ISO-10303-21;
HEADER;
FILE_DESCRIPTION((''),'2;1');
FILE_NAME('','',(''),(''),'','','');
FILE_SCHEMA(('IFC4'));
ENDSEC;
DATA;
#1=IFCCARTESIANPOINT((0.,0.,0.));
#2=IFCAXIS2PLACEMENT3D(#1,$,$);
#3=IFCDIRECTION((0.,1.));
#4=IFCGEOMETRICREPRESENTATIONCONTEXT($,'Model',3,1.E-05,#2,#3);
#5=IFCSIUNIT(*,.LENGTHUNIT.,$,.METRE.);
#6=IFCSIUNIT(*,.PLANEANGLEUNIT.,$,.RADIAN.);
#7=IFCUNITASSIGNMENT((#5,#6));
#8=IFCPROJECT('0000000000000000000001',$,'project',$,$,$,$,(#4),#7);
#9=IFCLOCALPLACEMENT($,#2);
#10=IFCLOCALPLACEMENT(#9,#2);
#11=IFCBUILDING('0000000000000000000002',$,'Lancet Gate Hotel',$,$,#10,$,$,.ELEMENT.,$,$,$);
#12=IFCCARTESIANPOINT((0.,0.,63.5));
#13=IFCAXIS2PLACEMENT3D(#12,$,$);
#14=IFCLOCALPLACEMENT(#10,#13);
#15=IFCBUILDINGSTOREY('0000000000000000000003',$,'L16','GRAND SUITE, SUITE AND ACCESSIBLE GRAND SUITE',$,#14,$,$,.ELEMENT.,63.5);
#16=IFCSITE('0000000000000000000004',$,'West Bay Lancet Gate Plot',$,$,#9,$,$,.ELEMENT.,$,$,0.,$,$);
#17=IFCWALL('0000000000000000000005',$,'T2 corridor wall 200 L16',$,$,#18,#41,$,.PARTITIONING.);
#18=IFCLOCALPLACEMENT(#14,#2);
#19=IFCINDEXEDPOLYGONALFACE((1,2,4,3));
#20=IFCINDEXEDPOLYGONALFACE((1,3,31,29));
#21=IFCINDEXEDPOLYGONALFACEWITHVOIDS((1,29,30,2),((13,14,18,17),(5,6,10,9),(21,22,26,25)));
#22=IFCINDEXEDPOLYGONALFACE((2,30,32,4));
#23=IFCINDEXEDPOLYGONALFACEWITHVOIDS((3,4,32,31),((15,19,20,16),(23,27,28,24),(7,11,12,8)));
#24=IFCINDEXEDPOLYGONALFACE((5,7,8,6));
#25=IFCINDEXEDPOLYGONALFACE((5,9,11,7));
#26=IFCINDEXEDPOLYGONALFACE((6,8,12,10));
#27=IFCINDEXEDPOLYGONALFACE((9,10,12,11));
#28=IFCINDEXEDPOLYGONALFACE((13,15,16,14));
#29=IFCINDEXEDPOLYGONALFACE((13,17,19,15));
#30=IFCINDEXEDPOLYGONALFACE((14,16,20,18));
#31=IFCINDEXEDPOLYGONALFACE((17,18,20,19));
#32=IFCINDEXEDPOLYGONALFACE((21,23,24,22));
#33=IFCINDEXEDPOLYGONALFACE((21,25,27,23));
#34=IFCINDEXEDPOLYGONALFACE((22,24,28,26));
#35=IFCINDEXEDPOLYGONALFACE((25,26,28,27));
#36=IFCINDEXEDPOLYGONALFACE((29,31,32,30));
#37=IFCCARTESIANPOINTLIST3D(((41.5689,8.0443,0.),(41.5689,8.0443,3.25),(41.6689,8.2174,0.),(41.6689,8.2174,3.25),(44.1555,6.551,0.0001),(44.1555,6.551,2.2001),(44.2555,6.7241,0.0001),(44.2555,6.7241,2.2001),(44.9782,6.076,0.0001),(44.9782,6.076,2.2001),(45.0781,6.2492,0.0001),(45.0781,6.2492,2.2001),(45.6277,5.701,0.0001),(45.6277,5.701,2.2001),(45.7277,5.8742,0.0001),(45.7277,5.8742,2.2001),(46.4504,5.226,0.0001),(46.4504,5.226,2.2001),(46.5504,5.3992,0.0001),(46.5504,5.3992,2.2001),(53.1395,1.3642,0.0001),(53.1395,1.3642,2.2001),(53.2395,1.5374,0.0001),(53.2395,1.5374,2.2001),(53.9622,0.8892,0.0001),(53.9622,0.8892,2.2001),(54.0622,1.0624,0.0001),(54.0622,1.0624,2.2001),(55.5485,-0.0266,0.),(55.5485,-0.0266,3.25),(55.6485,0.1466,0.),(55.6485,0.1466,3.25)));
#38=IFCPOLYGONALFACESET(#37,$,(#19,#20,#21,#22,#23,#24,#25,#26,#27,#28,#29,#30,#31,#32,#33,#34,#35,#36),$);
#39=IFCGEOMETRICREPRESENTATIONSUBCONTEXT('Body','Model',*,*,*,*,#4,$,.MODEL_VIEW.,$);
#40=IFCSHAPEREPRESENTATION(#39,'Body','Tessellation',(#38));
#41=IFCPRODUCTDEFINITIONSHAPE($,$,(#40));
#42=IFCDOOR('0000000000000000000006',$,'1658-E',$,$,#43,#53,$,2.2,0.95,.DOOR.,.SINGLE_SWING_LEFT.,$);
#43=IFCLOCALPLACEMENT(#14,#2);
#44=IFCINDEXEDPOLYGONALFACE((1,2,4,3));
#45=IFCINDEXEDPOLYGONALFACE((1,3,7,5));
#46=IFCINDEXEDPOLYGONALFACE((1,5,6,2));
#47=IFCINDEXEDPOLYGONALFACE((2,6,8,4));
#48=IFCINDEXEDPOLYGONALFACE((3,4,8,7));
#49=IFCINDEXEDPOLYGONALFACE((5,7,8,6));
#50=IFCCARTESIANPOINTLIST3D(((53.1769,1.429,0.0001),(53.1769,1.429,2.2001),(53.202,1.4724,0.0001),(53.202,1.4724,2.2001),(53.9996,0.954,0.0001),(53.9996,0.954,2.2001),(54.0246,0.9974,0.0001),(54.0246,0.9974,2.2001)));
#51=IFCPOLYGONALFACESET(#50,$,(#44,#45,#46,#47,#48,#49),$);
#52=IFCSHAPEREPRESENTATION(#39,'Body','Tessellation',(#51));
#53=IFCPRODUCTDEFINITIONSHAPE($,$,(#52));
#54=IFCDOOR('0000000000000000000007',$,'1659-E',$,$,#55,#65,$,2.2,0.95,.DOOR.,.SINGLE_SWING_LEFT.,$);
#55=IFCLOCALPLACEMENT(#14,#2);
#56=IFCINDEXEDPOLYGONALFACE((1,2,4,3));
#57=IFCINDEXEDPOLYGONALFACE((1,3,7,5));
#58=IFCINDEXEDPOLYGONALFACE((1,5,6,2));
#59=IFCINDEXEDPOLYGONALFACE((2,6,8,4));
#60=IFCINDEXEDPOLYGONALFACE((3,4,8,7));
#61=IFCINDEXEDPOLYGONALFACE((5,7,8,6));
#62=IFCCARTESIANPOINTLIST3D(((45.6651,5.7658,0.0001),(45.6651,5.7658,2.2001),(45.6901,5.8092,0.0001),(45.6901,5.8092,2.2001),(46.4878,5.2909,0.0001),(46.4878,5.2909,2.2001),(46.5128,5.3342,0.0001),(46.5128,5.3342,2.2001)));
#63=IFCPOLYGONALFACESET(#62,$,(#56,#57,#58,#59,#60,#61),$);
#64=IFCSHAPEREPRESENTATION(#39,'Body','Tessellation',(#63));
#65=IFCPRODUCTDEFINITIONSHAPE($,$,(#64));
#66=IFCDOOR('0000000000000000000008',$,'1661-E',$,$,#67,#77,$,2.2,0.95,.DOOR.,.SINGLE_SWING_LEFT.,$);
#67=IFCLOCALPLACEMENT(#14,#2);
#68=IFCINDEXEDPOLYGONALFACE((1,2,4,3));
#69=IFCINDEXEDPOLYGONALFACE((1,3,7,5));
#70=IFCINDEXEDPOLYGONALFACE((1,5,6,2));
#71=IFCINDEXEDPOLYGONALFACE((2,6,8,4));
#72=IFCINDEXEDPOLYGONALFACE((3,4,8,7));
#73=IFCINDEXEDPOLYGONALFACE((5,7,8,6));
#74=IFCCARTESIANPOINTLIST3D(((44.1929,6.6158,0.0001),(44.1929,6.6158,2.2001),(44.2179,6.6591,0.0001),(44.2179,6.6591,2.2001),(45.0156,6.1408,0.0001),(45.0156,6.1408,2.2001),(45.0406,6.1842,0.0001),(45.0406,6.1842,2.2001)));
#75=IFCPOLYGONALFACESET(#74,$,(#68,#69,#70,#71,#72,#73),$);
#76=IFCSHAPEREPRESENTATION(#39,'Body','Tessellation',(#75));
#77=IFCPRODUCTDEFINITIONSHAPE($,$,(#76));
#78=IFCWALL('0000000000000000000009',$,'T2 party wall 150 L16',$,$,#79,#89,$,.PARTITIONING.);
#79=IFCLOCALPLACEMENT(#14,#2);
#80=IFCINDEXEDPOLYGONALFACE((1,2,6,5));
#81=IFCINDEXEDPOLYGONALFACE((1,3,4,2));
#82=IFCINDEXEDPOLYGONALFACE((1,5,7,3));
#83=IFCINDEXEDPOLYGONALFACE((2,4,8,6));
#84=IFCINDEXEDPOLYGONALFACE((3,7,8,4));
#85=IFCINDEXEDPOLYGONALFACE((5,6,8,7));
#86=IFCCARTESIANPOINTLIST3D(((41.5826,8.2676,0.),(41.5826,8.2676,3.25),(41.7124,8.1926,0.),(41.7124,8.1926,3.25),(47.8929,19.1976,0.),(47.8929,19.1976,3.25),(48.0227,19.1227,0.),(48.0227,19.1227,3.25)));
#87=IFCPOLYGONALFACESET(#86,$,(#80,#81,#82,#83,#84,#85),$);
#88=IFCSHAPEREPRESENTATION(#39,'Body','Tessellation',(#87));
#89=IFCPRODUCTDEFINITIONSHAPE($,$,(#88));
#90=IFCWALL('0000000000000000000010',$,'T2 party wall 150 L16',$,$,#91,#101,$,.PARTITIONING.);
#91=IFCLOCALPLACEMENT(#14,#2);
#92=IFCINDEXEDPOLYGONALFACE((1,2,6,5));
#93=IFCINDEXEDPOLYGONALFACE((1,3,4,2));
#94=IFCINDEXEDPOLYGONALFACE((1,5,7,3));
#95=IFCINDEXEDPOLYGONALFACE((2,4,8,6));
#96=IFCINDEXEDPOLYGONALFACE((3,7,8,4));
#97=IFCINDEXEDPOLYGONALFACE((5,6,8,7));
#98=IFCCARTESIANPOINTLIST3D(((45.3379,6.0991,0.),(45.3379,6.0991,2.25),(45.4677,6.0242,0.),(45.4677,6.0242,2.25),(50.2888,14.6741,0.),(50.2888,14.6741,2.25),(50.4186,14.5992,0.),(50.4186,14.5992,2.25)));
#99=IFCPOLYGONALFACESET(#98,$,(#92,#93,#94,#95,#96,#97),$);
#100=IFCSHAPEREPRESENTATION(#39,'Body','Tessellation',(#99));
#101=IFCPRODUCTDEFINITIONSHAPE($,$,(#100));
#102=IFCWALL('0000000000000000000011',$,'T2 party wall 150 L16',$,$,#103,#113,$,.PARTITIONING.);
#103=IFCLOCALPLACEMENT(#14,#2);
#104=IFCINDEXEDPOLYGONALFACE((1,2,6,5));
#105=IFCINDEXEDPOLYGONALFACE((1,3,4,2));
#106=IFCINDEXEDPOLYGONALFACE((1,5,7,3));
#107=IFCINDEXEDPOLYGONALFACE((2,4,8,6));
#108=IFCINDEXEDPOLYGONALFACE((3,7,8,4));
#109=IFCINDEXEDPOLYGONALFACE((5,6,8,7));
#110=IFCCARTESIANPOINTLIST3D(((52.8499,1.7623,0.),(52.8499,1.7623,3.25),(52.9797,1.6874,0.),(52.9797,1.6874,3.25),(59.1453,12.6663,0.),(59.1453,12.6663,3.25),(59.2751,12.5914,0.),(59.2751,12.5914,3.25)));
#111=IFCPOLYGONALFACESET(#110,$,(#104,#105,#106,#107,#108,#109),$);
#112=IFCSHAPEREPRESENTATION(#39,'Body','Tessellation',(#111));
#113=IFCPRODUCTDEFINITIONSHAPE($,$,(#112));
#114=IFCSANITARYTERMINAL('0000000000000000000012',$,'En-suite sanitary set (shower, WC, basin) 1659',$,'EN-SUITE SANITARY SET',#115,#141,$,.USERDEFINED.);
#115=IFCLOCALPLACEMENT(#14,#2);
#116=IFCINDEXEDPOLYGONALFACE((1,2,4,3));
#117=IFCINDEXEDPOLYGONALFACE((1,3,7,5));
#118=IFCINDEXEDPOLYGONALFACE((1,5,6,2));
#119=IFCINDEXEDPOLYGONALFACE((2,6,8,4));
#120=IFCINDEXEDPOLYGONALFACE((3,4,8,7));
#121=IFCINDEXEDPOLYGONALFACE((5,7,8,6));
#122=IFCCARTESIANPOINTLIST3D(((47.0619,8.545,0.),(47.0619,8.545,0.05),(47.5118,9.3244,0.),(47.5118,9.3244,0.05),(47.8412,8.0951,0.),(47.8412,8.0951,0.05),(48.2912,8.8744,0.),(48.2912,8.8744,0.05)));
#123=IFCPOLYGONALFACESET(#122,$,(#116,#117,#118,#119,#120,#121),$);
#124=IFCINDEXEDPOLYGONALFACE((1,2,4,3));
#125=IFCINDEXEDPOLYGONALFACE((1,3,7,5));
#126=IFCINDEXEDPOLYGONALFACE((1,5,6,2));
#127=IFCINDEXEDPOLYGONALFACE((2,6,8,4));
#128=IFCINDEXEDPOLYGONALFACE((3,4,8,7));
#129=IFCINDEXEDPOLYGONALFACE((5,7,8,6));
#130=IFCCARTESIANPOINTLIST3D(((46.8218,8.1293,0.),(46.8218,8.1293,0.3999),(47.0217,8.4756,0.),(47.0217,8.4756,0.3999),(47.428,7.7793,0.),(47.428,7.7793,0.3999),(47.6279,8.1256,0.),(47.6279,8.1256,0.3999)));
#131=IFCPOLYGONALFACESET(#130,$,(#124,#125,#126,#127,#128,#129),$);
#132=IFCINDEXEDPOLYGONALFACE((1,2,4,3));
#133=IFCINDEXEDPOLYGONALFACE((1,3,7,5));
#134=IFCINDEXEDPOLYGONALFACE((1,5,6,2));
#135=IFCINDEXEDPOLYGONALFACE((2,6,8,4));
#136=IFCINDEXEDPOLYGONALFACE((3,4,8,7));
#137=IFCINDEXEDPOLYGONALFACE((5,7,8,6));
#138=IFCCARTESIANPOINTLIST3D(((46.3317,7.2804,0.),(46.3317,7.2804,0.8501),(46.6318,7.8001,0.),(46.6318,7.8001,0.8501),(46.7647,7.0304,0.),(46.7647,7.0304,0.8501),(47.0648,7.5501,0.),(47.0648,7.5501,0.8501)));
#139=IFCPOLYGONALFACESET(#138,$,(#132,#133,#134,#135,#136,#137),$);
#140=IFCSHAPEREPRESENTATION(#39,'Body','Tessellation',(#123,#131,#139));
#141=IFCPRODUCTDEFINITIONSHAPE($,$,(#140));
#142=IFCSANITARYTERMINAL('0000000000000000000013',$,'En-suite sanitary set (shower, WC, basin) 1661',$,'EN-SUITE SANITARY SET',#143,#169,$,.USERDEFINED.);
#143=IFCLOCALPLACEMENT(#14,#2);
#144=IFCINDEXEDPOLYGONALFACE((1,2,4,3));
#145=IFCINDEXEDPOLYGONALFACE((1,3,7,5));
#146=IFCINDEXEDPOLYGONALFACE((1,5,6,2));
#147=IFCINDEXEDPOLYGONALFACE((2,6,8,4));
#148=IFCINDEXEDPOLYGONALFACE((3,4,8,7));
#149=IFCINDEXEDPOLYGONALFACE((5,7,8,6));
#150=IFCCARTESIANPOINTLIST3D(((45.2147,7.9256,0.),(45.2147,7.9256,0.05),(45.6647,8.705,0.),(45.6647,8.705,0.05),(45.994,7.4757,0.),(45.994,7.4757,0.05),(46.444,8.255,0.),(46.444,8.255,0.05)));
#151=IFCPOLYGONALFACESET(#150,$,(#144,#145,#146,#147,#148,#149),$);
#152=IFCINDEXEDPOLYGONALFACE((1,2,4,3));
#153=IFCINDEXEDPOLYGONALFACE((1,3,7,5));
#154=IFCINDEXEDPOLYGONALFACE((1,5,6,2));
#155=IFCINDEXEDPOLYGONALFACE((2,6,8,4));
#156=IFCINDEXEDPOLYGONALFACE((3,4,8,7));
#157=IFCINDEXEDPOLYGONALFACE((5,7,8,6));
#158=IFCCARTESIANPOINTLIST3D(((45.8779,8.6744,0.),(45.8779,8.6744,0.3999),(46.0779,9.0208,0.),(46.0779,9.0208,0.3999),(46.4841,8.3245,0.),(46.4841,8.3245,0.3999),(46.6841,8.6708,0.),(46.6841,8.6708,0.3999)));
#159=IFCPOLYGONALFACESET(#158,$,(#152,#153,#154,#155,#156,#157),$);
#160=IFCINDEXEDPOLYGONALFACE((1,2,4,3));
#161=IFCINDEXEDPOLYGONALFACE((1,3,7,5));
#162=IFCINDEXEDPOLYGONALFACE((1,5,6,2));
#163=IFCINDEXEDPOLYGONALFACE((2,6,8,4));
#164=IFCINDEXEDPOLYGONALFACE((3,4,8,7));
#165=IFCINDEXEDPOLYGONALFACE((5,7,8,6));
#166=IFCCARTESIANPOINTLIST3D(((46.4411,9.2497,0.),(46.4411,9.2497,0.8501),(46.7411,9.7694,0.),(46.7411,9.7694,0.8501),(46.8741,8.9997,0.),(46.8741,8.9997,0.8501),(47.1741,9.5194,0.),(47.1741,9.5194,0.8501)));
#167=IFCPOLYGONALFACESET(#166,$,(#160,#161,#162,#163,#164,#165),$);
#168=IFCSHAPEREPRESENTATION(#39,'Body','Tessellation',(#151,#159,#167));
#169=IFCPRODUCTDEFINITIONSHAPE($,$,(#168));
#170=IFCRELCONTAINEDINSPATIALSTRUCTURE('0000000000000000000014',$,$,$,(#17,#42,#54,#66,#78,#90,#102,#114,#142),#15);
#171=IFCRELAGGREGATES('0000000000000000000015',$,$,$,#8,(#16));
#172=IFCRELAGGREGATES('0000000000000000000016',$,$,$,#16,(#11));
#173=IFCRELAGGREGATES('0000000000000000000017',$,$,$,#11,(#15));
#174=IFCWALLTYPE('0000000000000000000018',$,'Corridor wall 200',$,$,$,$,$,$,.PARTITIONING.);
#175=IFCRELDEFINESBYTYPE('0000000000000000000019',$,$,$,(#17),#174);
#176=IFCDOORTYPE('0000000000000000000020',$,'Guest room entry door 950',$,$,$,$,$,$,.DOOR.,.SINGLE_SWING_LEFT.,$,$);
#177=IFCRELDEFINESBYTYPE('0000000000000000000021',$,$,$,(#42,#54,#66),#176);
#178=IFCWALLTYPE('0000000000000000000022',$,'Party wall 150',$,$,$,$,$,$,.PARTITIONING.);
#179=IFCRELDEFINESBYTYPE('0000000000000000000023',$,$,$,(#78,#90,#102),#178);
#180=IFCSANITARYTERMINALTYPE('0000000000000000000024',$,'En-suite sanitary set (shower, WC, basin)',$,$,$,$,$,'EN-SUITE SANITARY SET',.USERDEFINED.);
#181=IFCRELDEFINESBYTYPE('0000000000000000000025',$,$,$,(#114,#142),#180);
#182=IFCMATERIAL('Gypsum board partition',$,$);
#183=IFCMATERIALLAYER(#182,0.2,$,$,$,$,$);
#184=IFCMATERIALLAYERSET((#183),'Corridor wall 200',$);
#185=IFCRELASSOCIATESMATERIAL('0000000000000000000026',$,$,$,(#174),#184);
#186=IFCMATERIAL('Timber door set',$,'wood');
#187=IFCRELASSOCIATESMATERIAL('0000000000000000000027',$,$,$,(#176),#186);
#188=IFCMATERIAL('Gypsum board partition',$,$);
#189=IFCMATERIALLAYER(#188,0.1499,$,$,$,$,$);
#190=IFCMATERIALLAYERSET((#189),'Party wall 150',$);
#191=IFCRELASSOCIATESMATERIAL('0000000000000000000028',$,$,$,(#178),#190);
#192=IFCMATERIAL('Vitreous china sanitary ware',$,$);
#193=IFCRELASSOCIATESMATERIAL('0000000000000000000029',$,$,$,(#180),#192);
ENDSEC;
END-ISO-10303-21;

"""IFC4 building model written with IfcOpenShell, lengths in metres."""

from ifc_helpers import new_model, si_unit, direction, frame, frame_2d, origin, origin_2d, place, context, subcontext, project, spatial, rectangle, extrude, material, layer, layer_set, type_object, element, fill, save


model = new_model("IFC4")

# Units and contexts
model_context = context("Model", 3, precision=1e-05, world=origin(), true_north=direction((0.0, 1.0)))
body_context = subcontext(model_context, "Body", "Model", "MODEL_VIEW")
ifc_project = project(units=[si_unit("LENGTHUNIT", "METRE"), si_unit("PLANEANGLEUNIT", "RADIAN")], contexts=[model_context])

# Site, building, storey
site_placement = place(None, origin())
site = spatial("IfcSite", under=ifc_project, at=site_placement, Name="West Bay Lancet Gate Plot", CompositionType="ELEMENT", RefElevation=0.0)
building_placement = place(site_placement, origin())
building = spatial("IfcBuilding", under=site, at=building_placement, Name="Lancet Gate Hotel", CompositionType="ELEMENT")
storey_placement = place(building_placement, frame((0.0, 0.0, 63.5)))
storey = spatial("IfcBuildingStorey", under=building, at=storey_placement, Name="L16", Description="GRAND SUITE, SUITE AND ACCESSIBLE GRAND SUITE", CompositionType="ELEMENT", Elevation=63.5)

# Wall, openings, doors
ifc_material_1 = material(Name="Gypsum board partition")
ifc_layer_1 = layer(ifc_material_1, 0.2)
ifc_layer_set_1 = layer_set([ifc_layer_1], Name="Corridor wall 200")
wall_type_1 = type_object("IfcWallType", Name="Corridor wall 200", PredefinedType="PARTITIONING", material=ifc_layer_set_1)
wall_1_placement = place(storey_placement, frame((41.6189, 8.1309, 0.0), z_axis=(0.0, 0.0, 1.0), x_axis=(0.866032, -0.499988, 0.0)))
wall_1 = element("IfcWall", 1, at=wall_1_placement, inside=storey, type_object=wall_type_1, Name="T2 corridor wall 200 L16", PredefinedType="PARTITIONING", context=body_context, shape_type="SweptSolid", body=[
    extrude(rectangle(XDim=16.1421, YDim=0.2, at=frame_2d((8.071, 0.0))), origin(), (0.0, 0.0, 1.0), 3.25),
])
opening_1_placement = place(wall_1_placement, frame((13.3604, 0.0, 0.0)))
opening_1 = element("IfcOpeningElement", 2, at=opening_1_placement, cuts=wall_1, PredefinedType="OPENING", context=body_context, shape_type="SweptSolid", body=[
    extrude(rectangle(XDim=0.95, YDim=2.2, at=frame_2d((0.4751, 1.1001))), frame((0.0, 0.1099, 0.0), z_axis=(0.0, -1.0, 0.0), x_axis=(1.0, 0.0, 0.0)), (0.0, 0.0, 1.0), 0.22),
])
opening_2_placement = place(wall_1_placement, frame((4.6865, 0.0, 0.0)))
opening_2 = element("IfcOpeningElement", 3, at=opening_2_placement, cuts=wall_1, PredefinedType="OPENING", context=body_context, shape_type="SweptSolid", body=[
    extrude(rectangle(XDim=0.95, YDim=2.2, at=frame_2d((0.4751, 1.1001))), frame((0.0, 0.1099, 0.0), z_axis=(0.0, -1.0, 0.0), x_axis=(1.0, 0.0, 0.0)), (0.0, 0.0, 1.0), 0.22),
])
opening_3_placement = place(wall_1_placement, frame((2.9866, 0.0, 0.0)))
opening_3 = element("IfcOpeningElement", 4, at=opening_3_placement, cuts=wall_1, PredefinedType="OPENING", context=body_context, shape_type="SweptSolid", body=[
    extrude(rectangle(XDim=0.95, YDim=2.2, at=frame_2d((0.4751, 1.1001))), frame((0.0, 0.1099, 0.0), z_axis=(0.0, -1.0, 0.0), x_axis=(1.0, 0.0, 0.0)), (0.0, 0.0, 1.0), 0.22),
])
ifc_material_2 = material(Name="Timber door set", Category="wood")
door_type_1 = type_object("IfcDoorType", Name="Guest room entry door 950", OperationType="SINGLE_SWING_LEFT", PredefinedType="DOOR", material=ifc_material_2)
door_1_placement = place(opening_1_placement, origin())
door_1 = element("IfcDoor", 5, at=door_1_placement, inside=storey, type_object=door_type_1, Name="1658-E", OperationType="SINGLE_SWING_LEFT", OverallHeight=2.2, OverallWidth=0.95, PredefinedType="DOOR", context=body_context, shape_type="SweptSolid", body=[
    extrude(rectangle(XDim=0.95, YDim=2.2, at=frame_2d((0.4751, 1.1001))), frame((0.0, 0.0249, 0.0), z_axis=(0.0, -1.0, 0.0), x_axis=(1.0, 0.0, 0.0)), (0.0, 0.0, 1.0), 0.05),
])
fill(opening_1, door_1)
door_2_placement = place(opening_2_placement, origin())
door_2 = element("IfcDoor", 6, at=door_2_placement, inside=storey, type_object=door_type_1, Name="1659-E", OperationType="SINGLE_SWING_LEFT", OverallHeight=2.2, OverallWidth=0.95, PredefinedType="DOOR", context=body_context, shape_type="SweptSolid", body=[
    extrude(rectangle(XDim=0.95, YDim=2.2, at=frame_2d((0.4751, 1.1001))), frame((0.0, 0.0249, 0.0), z_axis=(0.0, -1.0, 0.0), x_axis=(1.0, 0.0, 0.0)), (0.0, 0.0, 1.0), 0.05),
])
fill(opening_2, door_2)
door_3_placement = place(opening_3_placement, origin())
door_3 = element("IfcDoor", 7, at=door_3_placement, inside=storey, type_object=door_type_1, Name="1661-E", OperationType="SINGLE_SWING_LEFT", OverallHeight=2.2, OverallWidth=0.95, PredefinedType="DOOR", context=body_context, shape_type="SweptSolid", body=[
    extrude(rectangle(XDim=0.95, YDim=2.2, at=frame_2d((0.4751, 1.1001))), frame((0.0, 0.0249, 0.0), z_axis=(0.0, -1.0, 0.0), x_axis=(1.0, 0.0, 0.0)), (0.0, 0.0, 1.0), 0.05),
])
fill(opening_3, door_3)

# Walls
ifc_material_3 = material(Name="Gypsum board partition")
ifc_layer_2 = layer(ifc_material_3, 0.1499)
ifc_layer_set_2 = layer_set([ifc_layer_2], Name="Party wall 150")
wall_type_2 = type_object("IfcWallType", Name="Party wall 150", PredefinedType="PARTITIONING", material=ifc_layer_set_2)
wall_2_placement = place(storey_placement, frame((41.6475, 8.23, 0.0), z_axis=(0.0, 0.0, 1.0), x_axis=(0.499986, 0.866034, 0.0)))
element("IfcWall", 8, at=wall_2_placement, inside=storey, type_object=wall_type_2, Name="T2 party wall 150 L16", PredefinedType="PARTITIONING", context=body_context, shape_type="SweptSolid", body=[
    extrude(rectangle(XDim=12.6208, YDim=0.1499, at=frame_2d((6.3105, 0.0))), origin(), (0.0, 0.0, 1.0), 3.25),
])
wall_3_placement = place(storey_placement, frame((45.4028, 6.0618, 0.0), z_axis=(0.0, 0.0, 1.0), x_axis=(0.500013, 0.866018, 0.0)))
element("IfcWall", 9, at=wall_3_placement, inside=storey, type_object=wall_type_2, Name="T2 party wall 150 L16", PredefinedType="PARTITIONING", context=body_context, shape_type="SweptSolid", body=[
    extrude(rectangle(XDim=9.9016, YDim=0.1499, at=frame_2d((4.9507, 0.0))), origin(), (0.0, 0.0, 1.0), 2.25),
])
wall_4_placement = place(storey_placement, frame((52.9148, 1.7249, 0.0), z_axis=(0.0, 0.0, 1.0), x_axis=(0.499997, 0.866027, 0.0)))
element("IfcWall", 10, at=wall_4_placement, inside=storey, type_object=wall_type_2, Name="T2 party wall 150 L16", PredefinedType="PARTITIONING", context=body_context, shape_type="SweptSolid", body=[
    extrude(rectangle(XDim=12.5908, YDim=0.1499, at=frame_2d((6.2954, 0.0))), origin(), (0.0, 0.0, 1.0), 3.25),
])

# Sanitary terminals
ifc_material_4 = material(Name="Vitreous china sanitary ware")
sanitary_terminal_type = type_object("IfcSanitaryTerminalType", Name="En-suite sanitary set (shower, WC, basin)", ElementType="EN-SUITE SANITARY SET", PredefinedType="USERDEFINED", material=ifc_material_4)
sanitary_terminal_1_placement = place(storey_placement, frame((47.6765, 8.7097, 0.0), z_axis=(0.0, 0.0, 1.0), x_axis=(1.0, 0.0, 0.0)))
element("IfcSanitaryTerminal", 11, at=sanitary_terminal_1_placement, inside=storey, type_object=sanitary_terminal_type, Name="En-suite sanitary set (shower, WC, basin) 1659", ObjectType="EN-SUITE SANITARY SET", PredefinedType="USERDEFINED", context=body_context, shape_type="SweptSolid", body=[
    extrude(rectangle(XDim=0.8999, YDim=0.8999, at=origin_2d()), frame((0.0, 0.0, 0.0), z_axis=(0.0, 0.0, 1.0), x_axis=(0.5, 0.866025, 0.0)), (0.0, 0.0, 1.0), 0.05),
    extrude(rectangle(XDim=0.3999, YDim=0.7, at=origin_2d()), frame((-0.4517, -0.5823, 0.0), z_axis=(0.0, 0.0, 1.0), x_axis=(0.5, 0.866025, 0.0)), (0.0, 0.0, 1.0), 0.3999),
    extrude(rectangle(XDim=0.6001, YDim=0.5, at=origin_2d()), frame((-0.9783, -1.2944, 0.0), z_axis=(0.0, 0.0, 1.0), x_axis=(0.5, 0.866025, 0.0)), (0.0, 0.0, 1.0), 0.8501),
])
sanitary_terminal_2_placement = place(storey_placement, frame((45.8293, 8.0903, 0.0), z_axis=(0.0, 0.0, 1.0), x_axis=(1.0, 0.0, 0.0)))
element("IfcSanitaryTerminal", 12, at=sanitary_terminal_2_placement, inside=storey, type_object=sanitary_terminal_type, Name="En-suite sanitary set (shower, WC, basin) 1661", ObjectType="EN-SUITE SANITARY SET", PredefinedType="USERDEFINED", context=body_context, shape_type="SweptSolid", body=[
    extrude(rectangle(XDim=0.8999, YDim=0.8999, at=origin_2d()), frame((0.0, 0.0, 0.0), z_axis=(0.0, 0.0, 1.0), x_axis=(-0.5, -0.866025, 0.0)), (0.0, 0.0, 1.0), 0.05),
    extrude(rectangle(XDim=0.3999, YDim=0.7, at=origin_2d()), frame((0.4517, 0.5823, 0.0), z_axis=(0.0, 0.0, 1.0), x_axis=(-0.5, -0.866025, 0.0)), (0.0, 0.0, 1.0), 0.3999),
    extrude(rectangle(XDim=0.6001, YDim=0.5, at=origin_2d()), frame((0.9783, 1.2942, 0.0), z_axis=(0.0, 0.0, 1.0), x_axis=(-0.5, -0.866025, 0.0)), (0.0, 0.0, 1.0), 0.8501),
])

save(model, "model.ifc")
